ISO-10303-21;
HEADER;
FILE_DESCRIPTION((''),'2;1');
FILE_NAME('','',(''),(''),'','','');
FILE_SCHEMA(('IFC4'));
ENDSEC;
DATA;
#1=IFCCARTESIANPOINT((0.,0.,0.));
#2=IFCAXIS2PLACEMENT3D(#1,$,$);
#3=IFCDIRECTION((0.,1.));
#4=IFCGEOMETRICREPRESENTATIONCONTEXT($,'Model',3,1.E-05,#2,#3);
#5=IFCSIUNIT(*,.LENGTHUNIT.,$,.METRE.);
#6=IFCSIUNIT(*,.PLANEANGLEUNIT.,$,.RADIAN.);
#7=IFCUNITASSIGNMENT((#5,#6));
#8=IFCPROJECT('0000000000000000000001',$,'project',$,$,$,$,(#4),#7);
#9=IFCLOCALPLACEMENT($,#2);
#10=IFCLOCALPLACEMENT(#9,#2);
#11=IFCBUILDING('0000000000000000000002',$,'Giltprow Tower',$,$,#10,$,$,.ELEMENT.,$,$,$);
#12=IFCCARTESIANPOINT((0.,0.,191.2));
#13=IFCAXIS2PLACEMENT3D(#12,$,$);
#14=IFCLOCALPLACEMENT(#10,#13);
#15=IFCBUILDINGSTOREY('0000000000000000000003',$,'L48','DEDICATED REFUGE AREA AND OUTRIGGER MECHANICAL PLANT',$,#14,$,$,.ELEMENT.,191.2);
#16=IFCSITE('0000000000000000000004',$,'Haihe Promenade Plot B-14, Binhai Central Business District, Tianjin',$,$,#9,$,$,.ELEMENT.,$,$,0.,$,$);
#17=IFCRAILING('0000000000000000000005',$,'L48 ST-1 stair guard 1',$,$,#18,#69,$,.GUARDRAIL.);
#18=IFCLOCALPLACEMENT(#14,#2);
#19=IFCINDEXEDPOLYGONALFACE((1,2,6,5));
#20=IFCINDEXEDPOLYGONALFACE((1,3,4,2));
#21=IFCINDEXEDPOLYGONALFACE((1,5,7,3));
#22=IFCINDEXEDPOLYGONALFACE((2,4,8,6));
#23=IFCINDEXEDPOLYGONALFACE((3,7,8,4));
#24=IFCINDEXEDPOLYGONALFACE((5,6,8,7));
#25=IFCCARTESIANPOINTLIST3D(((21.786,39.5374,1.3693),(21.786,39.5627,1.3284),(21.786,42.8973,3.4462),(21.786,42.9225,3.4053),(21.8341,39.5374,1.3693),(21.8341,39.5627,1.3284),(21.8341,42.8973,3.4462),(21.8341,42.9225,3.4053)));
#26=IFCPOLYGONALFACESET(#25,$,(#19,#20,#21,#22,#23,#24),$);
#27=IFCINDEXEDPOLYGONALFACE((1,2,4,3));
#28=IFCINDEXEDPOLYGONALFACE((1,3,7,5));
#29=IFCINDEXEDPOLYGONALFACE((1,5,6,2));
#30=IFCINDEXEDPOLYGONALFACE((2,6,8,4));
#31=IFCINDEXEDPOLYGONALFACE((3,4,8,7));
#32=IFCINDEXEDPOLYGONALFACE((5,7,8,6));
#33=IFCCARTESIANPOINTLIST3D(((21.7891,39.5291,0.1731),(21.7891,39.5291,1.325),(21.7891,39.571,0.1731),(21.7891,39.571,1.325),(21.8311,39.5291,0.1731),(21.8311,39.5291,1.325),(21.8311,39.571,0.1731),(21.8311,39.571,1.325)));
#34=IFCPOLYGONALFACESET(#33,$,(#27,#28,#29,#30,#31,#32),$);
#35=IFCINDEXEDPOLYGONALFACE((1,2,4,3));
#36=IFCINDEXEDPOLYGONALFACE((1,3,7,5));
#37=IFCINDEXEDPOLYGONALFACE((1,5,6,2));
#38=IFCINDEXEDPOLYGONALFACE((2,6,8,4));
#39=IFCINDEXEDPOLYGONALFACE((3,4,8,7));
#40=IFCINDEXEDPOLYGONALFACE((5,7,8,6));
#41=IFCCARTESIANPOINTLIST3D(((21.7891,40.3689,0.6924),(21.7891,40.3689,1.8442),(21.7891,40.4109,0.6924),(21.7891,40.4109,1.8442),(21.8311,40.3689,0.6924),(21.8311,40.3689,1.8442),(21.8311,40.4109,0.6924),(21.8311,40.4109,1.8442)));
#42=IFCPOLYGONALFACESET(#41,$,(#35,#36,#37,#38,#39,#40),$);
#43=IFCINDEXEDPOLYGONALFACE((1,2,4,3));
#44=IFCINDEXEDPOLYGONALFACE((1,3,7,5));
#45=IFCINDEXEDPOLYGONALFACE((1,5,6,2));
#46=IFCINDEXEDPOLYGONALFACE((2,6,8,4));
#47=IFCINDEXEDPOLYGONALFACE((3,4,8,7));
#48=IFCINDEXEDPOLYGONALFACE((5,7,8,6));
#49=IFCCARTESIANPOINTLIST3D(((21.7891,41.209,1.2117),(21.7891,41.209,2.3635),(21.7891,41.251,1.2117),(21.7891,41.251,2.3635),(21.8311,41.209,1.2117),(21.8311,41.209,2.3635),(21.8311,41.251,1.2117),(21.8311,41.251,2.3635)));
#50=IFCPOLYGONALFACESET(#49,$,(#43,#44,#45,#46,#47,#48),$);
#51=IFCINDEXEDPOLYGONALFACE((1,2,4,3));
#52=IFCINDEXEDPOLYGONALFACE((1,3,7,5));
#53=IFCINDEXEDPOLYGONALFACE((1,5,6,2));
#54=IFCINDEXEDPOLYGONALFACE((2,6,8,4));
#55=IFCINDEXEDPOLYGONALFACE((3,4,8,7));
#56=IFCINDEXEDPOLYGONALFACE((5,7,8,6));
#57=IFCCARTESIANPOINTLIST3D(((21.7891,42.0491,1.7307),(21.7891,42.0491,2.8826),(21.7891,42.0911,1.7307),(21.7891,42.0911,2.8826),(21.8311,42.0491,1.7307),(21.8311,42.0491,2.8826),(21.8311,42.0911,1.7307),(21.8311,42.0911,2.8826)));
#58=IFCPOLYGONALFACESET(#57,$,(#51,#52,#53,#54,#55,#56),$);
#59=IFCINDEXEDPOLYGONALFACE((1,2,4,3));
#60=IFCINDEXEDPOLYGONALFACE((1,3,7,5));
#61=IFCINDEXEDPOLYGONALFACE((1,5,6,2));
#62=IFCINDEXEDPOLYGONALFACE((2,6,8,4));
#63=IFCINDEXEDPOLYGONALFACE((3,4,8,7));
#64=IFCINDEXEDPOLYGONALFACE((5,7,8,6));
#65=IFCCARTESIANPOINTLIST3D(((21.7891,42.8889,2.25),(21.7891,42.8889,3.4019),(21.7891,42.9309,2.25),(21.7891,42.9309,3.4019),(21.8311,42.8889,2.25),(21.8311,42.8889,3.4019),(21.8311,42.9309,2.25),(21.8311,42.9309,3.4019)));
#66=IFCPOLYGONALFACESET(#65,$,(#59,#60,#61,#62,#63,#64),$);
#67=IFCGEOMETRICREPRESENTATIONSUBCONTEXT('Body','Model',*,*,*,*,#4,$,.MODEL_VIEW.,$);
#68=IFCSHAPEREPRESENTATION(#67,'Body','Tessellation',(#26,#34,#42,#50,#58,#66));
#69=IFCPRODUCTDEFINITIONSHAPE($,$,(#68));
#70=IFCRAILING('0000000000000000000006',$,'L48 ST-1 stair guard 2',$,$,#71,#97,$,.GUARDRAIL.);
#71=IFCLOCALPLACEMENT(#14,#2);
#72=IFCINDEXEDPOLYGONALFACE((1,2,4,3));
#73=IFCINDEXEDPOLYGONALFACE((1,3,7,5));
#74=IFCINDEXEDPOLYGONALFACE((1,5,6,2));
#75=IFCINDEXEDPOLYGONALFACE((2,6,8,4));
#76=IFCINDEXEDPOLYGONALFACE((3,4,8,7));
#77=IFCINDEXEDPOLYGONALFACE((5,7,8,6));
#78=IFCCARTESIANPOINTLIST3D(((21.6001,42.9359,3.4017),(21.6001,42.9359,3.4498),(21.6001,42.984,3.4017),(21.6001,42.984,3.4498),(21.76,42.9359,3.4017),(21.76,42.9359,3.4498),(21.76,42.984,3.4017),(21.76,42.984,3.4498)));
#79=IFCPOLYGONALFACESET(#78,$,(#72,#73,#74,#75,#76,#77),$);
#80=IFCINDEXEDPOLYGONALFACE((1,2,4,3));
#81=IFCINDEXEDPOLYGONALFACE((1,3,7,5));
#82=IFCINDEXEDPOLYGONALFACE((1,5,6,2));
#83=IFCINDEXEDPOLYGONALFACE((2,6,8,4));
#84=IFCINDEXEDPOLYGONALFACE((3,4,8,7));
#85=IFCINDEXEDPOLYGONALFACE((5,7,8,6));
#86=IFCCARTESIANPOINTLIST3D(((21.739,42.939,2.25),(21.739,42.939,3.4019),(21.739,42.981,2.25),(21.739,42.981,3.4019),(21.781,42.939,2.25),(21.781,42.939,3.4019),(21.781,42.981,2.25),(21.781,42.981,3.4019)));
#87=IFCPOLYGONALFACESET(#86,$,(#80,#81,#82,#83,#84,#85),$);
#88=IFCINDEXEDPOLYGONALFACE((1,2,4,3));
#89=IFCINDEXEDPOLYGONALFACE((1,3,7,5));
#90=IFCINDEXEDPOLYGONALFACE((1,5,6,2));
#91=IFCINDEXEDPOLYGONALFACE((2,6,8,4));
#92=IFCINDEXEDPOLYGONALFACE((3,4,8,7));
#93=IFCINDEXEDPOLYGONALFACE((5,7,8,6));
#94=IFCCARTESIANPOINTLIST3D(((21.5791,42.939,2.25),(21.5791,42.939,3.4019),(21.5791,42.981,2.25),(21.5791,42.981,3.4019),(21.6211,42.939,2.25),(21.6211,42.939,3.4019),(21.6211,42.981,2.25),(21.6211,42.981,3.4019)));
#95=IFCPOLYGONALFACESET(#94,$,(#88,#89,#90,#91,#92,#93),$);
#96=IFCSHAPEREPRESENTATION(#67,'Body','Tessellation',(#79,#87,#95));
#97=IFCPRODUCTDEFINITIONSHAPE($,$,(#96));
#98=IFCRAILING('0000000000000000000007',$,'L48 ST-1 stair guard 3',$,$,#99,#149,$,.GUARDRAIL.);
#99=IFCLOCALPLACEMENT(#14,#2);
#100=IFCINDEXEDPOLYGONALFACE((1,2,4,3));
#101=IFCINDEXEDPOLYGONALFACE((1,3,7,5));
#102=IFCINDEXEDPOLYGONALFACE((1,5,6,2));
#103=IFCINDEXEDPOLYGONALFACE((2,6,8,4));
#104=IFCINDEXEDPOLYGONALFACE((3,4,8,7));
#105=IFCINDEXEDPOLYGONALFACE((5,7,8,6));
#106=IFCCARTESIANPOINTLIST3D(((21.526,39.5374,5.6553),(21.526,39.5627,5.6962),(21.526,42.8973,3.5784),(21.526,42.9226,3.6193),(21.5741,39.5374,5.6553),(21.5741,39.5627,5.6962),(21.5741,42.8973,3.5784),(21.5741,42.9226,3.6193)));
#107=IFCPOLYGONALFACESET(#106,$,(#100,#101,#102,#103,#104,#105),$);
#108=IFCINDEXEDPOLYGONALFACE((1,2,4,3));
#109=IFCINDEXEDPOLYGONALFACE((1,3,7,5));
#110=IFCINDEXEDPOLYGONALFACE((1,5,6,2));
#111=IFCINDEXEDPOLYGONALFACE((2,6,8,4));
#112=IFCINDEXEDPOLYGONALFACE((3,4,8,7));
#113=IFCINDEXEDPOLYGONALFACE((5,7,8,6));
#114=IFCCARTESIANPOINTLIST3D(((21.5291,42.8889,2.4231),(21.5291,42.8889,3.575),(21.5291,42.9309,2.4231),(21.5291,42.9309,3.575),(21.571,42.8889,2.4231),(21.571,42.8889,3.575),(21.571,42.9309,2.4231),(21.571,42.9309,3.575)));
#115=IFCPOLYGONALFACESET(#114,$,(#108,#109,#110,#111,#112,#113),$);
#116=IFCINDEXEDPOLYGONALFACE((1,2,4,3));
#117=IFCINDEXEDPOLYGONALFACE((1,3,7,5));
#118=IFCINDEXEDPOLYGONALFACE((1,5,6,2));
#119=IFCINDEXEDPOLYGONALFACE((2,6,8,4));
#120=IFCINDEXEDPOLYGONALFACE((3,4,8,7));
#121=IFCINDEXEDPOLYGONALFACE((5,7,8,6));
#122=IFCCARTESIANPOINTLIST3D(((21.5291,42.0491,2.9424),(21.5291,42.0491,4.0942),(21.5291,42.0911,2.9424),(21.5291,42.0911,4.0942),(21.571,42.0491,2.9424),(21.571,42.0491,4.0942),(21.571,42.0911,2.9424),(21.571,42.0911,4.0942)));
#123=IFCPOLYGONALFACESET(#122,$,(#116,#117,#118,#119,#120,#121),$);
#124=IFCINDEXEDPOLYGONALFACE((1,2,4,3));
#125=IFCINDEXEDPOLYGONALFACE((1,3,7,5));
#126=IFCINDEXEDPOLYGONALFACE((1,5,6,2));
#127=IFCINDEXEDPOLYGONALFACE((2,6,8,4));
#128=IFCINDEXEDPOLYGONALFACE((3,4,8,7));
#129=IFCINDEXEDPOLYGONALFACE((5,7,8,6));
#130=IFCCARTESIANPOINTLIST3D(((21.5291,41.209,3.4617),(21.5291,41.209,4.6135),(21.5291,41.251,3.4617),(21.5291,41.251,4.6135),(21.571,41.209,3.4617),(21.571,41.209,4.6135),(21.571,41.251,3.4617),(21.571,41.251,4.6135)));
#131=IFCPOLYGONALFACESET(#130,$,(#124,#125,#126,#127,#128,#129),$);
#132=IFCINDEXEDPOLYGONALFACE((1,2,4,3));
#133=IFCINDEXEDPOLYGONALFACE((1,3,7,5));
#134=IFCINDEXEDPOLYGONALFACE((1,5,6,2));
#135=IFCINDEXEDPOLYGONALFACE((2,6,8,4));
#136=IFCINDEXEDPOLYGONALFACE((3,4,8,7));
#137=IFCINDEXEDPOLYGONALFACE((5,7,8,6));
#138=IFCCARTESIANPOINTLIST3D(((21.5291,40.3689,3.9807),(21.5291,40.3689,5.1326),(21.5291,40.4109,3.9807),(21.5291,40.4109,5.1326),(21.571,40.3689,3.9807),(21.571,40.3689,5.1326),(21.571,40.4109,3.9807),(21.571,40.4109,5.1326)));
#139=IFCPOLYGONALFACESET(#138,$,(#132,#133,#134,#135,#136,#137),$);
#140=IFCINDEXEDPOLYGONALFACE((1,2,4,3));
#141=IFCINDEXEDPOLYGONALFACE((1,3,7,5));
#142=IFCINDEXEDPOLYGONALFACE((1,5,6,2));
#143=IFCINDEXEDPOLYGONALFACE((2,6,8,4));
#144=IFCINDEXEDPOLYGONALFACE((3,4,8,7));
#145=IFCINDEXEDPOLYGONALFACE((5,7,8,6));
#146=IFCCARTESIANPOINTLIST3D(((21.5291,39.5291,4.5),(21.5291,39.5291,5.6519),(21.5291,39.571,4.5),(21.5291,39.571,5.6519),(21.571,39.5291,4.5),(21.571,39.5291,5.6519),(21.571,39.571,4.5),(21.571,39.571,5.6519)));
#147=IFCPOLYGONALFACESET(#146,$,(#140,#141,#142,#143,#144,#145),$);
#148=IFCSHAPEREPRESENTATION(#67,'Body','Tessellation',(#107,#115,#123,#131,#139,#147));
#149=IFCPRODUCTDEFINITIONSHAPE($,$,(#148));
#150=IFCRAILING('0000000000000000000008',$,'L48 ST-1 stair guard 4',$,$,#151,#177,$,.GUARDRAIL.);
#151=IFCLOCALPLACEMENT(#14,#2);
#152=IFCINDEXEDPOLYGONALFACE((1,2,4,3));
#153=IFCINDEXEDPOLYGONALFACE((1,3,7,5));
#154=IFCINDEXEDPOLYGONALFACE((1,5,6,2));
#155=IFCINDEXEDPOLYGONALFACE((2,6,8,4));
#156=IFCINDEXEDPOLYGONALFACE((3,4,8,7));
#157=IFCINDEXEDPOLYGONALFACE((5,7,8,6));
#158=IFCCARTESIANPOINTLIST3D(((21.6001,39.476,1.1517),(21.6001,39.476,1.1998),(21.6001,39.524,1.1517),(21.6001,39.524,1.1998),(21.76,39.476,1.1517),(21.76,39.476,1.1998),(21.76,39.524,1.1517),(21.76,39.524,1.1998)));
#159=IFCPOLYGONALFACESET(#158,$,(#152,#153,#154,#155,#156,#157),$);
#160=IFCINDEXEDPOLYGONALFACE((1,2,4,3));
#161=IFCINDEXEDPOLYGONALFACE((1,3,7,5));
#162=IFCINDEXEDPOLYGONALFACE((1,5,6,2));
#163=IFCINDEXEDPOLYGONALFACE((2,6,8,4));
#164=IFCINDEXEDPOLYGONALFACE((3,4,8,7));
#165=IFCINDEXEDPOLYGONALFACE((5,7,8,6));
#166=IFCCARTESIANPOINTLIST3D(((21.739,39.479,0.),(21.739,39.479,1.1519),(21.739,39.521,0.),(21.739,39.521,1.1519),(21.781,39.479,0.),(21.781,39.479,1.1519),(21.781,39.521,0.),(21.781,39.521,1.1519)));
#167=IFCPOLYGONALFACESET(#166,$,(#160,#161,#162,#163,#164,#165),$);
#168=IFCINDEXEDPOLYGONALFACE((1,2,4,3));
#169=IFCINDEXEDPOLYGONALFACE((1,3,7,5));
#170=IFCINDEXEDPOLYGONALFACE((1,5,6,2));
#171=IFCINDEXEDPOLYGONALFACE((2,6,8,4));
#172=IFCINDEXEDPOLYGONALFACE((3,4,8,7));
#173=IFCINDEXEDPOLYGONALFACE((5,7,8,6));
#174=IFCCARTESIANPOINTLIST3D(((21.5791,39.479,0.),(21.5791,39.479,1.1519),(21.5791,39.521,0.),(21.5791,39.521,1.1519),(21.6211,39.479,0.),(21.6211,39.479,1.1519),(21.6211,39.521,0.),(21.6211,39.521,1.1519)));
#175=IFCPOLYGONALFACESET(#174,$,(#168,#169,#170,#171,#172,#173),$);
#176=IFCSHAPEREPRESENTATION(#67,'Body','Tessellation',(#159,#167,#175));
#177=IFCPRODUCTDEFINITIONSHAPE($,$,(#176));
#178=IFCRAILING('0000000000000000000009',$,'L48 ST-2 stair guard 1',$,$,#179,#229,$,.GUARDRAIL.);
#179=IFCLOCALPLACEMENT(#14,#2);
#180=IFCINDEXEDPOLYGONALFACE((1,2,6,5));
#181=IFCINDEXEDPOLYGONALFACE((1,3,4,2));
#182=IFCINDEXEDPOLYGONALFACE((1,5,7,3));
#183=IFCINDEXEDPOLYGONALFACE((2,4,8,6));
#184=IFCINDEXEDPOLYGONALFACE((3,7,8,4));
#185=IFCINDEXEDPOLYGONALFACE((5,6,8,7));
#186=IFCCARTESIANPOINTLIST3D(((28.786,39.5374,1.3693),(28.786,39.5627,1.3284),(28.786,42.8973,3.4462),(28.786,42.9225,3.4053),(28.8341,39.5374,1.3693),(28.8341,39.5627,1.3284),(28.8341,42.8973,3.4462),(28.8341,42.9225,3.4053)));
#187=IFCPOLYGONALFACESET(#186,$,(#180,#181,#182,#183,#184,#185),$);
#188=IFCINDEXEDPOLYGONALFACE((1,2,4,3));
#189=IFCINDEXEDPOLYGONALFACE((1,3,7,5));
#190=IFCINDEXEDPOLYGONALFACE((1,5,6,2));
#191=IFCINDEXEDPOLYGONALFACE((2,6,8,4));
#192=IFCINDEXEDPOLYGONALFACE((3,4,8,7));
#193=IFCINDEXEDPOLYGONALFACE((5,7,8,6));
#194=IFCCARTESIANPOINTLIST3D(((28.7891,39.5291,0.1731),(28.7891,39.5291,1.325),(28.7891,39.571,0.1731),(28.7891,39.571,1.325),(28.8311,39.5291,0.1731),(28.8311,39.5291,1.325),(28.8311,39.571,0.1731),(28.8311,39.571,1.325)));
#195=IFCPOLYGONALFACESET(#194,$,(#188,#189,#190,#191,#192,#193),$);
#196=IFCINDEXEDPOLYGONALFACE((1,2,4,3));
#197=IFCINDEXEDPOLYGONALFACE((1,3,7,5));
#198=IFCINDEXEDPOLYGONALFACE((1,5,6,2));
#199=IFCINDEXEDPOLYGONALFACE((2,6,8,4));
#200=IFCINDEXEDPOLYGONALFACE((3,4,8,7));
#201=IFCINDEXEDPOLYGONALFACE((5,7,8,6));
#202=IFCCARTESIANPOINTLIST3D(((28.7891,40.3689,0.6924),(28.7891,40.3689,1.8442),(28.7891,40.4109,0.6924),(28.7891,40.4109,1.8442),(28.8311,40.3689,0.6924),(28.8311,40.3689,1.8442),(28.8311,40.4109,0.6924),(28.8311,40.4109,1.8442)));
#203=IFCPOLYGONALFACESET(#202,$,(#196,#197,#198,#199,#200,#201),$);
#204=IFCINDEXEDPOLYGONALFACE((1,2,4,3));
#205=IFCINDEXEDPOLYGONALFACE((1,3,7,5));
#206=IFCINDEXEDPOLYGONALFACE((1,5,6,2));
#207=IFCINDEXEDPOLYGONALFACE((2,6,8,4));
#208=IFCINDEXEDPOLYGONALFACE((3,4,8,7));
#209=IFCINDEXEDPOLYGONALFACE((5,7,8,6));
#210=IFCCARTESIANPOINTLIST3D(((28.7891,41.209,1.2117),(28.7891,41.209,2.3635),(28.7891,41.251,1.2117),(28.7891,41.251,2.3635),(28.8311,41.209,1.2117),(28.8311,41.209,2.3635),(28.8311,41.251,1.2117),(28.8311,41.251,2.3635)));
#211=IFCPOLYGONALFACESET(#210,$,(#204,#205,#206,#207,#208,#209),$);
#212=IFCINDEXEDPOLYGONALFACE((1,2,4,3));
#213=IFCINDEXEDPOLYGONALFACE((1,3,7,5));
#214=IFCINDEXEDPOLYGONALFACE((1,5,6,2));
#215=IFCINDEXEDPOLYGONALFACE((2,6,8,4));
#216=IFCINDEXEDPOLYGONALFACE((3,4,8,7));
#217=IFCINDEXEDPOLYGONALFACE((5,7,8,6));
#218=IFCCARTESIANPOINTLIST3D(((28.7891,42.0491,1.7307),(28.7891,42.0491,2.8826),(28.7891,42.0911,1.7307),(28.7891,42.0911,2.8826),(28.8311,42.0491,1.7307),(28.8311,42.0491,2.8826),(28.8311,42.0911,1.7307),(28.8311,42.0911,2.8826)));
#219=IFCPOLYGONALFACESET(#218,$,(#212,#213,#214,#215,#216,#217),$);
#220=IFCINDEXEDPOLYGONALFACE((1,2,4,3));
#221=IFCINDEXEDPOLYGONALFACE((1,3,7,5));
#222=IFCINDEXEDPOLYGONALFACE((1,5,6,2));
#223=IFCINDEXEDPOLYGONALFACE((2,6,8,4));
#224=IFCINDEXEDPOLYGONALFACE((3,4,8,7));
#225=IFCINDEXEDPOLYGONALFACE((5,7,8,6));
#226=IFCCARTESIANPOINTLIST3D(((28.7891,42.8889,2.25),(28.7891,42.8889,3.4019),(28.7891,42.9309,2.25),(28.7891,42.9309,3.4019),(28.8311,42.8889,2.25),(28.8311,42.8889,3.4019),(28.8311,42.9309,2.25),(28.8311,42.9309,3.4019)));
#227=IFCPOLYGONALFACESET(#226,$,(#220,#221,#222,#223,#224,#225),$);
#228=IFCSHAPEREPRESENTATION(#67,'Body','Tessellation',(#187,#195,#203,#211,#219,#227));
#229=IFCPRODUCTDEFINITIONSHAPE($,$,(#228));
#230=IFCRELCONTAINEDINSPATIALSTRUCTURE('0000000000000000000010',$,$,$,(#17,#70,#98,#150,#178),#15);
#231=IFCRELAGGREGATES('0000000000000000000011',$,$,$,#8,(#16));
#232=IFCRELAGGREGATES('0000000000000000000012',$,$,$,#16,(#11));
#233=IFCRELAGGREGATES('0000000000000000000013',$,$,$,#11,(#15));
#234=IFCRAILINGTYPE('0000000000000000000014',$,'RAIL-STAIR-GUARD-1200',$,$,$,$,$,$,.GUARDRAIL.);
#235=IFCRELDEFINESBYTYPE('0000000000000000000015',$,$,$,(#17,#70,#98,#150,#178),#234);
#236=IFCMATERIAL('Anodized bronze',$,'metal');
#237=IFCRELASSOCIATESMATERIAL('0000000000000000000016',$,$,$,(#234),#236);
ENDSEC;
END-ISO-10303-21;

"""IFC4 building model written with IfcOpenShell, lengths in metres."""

from ifc_helpers import new_model, si_unit, direction, frame, origin, origin_2d, place, context, subcontext, project, spatial, rectangle, extrude, material, type_object, element, save


model = new_model("IFC4")

# Units and contexts
model_context = context("Model", 3, precision=1e-05, world=origin(), true_north=direction((0.0, 1.0)))
body_context = subcontext(model_context, "Body", "Model", "MODEL_VIEW")
ifc_project = project(units=[si_unit("LENGTHUNIT", "METRE"), si_unit("PLANEANGLEUNIT", "RADIAN")], contexts=[model_context])

# Site, building, storey
site_placement = place(None, origin())
site = spatial("IfcSite", under=ifc_project, at=site_placement, Name="Haihe Promenade Plot B-14, Binhai Central Business District, Tianjin", CompositionType="ELEMENT", RefElevation=0.0)
building_placement = place(site_placement, origin())
building = spatial("IfcBuilding", under=site, at=building_placement, Name="Giltprow Tower", CompositionType="ELEMENT")
storey_placement = place(building_placement, frame((0.0, 0.0, 191.2)))
storey = spatial("IfcBuildingStorey", under=building, at=storey_placement, Name="L48", Description="DEDICATED REFUGE AREA AND OUTRIGGER MECHANICAL PLANT", CompositionType="ELEMENT", Elevation=191.2)

# Railings
ifc_material_1 = material(Name="Anodized bronze", Category="metal")
railing_type_1 = type_object("IfcRailingType", Name="RAIL-STAIR-GUARD-1200", PredefinedType="GUARDRAIL", material=ifc_material_1)
railing_1_placement = place(storey_placement, frame((21.8101, 39.55, 0.1731)))
element("IfcRailing", 1, at=railing_1_placement, inside=storey, type_object=railing_type_1, Name="L48 ST-1 stair guard 1", PredefinedType="GUARDRAIL", context=body_context, shape_type="SweptSolid", body=[
    extrude(rectangle(XDim=0.0481, YDim=0.0481, at=origin_2d()), frame((0.0, 0.0, 1.1758), z_axis=(0.0, 0.850606, 0.525803), x_axis=(-1.0, 0.0, 0.0)), (0.0, 0.0, 1.0), 3.95),
    extrude(rectangle(XDim=0.042, YDim=0.042, at=origin_2d()), origin(), (0.0, 0.0, 1.0), 1.1519),
    extrude(rectangle(XDim=0.042, YDim=0.042, at=origin_2d()), frame((0.0, 0.8398, 0.5193)), (0.0, 0.0, 1.0), 1.1519),
    extrude(rectangle(XDim=0.042, YDim=0.042, at=origin_2d()), frame((0.0, 1.6799, 1.0386)), (0.0, 0.0, 1.0), 1.1519),
    extrude(rectangle(XDim=0.042, YDim=0.042, at=origin_2d()), frame((0.0, 2.52, 1.5576)), (0.0, 0.0, 1.0), 1.1519),
    extrude(rectangle(XDim=0.042, YDim=0.042, at=origin_2d()), frame((0.0, 3.3599, 2.0769)), (0.0, 0.0, 1.0), 1.1519),
])
railing_2_placement = place(storey_placement, frame((21.76, 42.96, 2.25)))
element("IfcRailing", 2, at=railing_2_placement, inside=storey, type_object=railing_type_1, Name="L48 ST-1 stair guard 2", PredefinedType="GUARDRAIL", context=body_context, shape_type="SweptSolid", body=[
    extrude(rectangle(XDim=0.0481, YDim=0.0481, at=origin_2d()), frame((0.0, 0.0, 1.1758), z_axis=(-1.0, 0.0, 0.0), x_axis=(0.0, -1.0, 0.0)), (0.0, 0.0, 1.0), 0.1599),
    extrude(rectangle(XDim=0.042, YDim=0.042, at=origin_2d()), origin(), (0.0, 0.0, 1.0), 1.1519),
    extrude(rectangle(XDim=0.042, YDim=0.042, at=origin_2d()), frame((-0.1599, 0.0, 0.0)), (0.0, 0.0, 1.0), 1.1519),
])
railing_3_placement = place(storey_placement, frame((21.55, 42.9099, 2.4231)))
element("IfcRailing", 3, at=railing_3_placement, inside=storey, type_object=railing_type_1, Name="L48 ST-1 stair guard 3", PredefinedType="GUARDRAIL", context=body_context, shape_type="SweptSolid", body=[
    extrude(rectangle(XDim=0.0481, YDim=0.0481, at=origin_2d()), frame((0.0, 0.0, 1.1758), z_axis=(0.0, -0.850606, 0.525803), x_axis=(1.0, 0.0, 0.0)), (0.0, 0.0, 1.0), 3.95),
    extrude(rectangle(XDim=0.042, YDim=0.042, at=origin_2d()), origin(), (0.0, 0.0, 1.0), 1.1519),
    extrude(rectangle(XDim=0.042, YDim=0.042, at=origin_2d()), frame((0.0, -0.8398, 0.5193)), (0.0, 0.0, 1.0), 1.1519),
    extrude(rectangle(XDim=0.042, YDim=0.042, at=origin_2d()), frame((0.0, -1.6799, 1.0386)), (0.0, 0.0, 1.0), 1.1519),
    extrude(rectangle(XDim=0.042, YDim=0.042, at=origin_2d()), frame((0.0, -2.52, 1.5576)), (0.0, 0.0, 1.0), 1.1519),
    extrude(rectangle(XDim=0.042, YDim=0.042, at=origin_2d()), frame((0.0, -3.3599, 2.0769)), (0.0, 0.0, 1.0), 1.1519),
])
railing_4_placement = place(storey_placement, frame((21.76, 39.5, 0.0)))
element("IfcRailing", 4, at=railing_4_placement, inside=storey, type_object=railing_type_1, Name="L48 ST-1 stair guard 4", PredefinedType="GUARDRAIL", context=body_context, shape_type="SweptSolid", body=[
    extrude(rectangle(XDim=0.0481, YDim=0.0481, at=origin_2d()), frame((0.0, 0.0, 1.1758), z_axis=(-1.0, 0.0, 0.0), x_axis=(0.0, -1.0, 0.0)), (0.0, 0.0, 1.0), 0.1599),
    extrude(rectangle(XDim=0.042, YDim=0.042, at=origin_2d()), origin(), (0.0, 0.0, 1.0), 1.1519),
    extrude(rectangle(XDim=0.042, YDim=0.042, at=origin_2d()), frame((-0.1599, 0.0, 0.0)), (0.0, 0.0, 1.0), 1.1519),
])
railing_5_placement = place(storey_placement, frame((28.8101, 39.55, 0.1731)))
element("IfcRailing", 5, at=railing_5_placement, inside=storey, type_object=railing_type_1, Name="L48 ST-2 stair guard 1", PredefinedType="GUARDRAIL", context=body_context, shape_type="SweptSolid", body=[
    extrude(rectangle(XDim=0.0481, YDim=0.0481, at=origin_2d()), frame((0.0, 0.0, 1.1758), z_axis=(0.0, 0.850606, 0.525803), x_axis=(-1.0, 0.0, 0.0)), (0.0, 0.0, 1.0), 3.95),
    extrude(rectangle(XDim=0.042, YDim=0.042, at=origin_2d()), origin(), (0.0, 0.0, 1.0), 1.1519),
    extrude(rectangle(XDim=0.042, YDim=0.042, at=origin_2d()), frame((0.0, 0.8398, 0.5193)), (0.0, 0.0, 1.0), 1.1519),
    extrude(rectangle(XDim=0.042, YDim=0.042, at=origin_2d()), frame((0.0, 1.6799, 1.0386)), (0.0, 0.0, 1.0), 1.1519),
    extrude(rectangle(XDim=0.042, YDim=0.042, at=origin_2d()), frame((0.0, 2.52, 1.5576)), (0.0, 0.0, 1.0), 1.1519),
    extrude(rectangle(XDim=0.042, YDim=0.042, at=origin_2d()), frame((0.0, 3.3599, 2.0769)), (0.0, 0.0, 1.0), 1.1519),
])

save(model, "model.ifc")
